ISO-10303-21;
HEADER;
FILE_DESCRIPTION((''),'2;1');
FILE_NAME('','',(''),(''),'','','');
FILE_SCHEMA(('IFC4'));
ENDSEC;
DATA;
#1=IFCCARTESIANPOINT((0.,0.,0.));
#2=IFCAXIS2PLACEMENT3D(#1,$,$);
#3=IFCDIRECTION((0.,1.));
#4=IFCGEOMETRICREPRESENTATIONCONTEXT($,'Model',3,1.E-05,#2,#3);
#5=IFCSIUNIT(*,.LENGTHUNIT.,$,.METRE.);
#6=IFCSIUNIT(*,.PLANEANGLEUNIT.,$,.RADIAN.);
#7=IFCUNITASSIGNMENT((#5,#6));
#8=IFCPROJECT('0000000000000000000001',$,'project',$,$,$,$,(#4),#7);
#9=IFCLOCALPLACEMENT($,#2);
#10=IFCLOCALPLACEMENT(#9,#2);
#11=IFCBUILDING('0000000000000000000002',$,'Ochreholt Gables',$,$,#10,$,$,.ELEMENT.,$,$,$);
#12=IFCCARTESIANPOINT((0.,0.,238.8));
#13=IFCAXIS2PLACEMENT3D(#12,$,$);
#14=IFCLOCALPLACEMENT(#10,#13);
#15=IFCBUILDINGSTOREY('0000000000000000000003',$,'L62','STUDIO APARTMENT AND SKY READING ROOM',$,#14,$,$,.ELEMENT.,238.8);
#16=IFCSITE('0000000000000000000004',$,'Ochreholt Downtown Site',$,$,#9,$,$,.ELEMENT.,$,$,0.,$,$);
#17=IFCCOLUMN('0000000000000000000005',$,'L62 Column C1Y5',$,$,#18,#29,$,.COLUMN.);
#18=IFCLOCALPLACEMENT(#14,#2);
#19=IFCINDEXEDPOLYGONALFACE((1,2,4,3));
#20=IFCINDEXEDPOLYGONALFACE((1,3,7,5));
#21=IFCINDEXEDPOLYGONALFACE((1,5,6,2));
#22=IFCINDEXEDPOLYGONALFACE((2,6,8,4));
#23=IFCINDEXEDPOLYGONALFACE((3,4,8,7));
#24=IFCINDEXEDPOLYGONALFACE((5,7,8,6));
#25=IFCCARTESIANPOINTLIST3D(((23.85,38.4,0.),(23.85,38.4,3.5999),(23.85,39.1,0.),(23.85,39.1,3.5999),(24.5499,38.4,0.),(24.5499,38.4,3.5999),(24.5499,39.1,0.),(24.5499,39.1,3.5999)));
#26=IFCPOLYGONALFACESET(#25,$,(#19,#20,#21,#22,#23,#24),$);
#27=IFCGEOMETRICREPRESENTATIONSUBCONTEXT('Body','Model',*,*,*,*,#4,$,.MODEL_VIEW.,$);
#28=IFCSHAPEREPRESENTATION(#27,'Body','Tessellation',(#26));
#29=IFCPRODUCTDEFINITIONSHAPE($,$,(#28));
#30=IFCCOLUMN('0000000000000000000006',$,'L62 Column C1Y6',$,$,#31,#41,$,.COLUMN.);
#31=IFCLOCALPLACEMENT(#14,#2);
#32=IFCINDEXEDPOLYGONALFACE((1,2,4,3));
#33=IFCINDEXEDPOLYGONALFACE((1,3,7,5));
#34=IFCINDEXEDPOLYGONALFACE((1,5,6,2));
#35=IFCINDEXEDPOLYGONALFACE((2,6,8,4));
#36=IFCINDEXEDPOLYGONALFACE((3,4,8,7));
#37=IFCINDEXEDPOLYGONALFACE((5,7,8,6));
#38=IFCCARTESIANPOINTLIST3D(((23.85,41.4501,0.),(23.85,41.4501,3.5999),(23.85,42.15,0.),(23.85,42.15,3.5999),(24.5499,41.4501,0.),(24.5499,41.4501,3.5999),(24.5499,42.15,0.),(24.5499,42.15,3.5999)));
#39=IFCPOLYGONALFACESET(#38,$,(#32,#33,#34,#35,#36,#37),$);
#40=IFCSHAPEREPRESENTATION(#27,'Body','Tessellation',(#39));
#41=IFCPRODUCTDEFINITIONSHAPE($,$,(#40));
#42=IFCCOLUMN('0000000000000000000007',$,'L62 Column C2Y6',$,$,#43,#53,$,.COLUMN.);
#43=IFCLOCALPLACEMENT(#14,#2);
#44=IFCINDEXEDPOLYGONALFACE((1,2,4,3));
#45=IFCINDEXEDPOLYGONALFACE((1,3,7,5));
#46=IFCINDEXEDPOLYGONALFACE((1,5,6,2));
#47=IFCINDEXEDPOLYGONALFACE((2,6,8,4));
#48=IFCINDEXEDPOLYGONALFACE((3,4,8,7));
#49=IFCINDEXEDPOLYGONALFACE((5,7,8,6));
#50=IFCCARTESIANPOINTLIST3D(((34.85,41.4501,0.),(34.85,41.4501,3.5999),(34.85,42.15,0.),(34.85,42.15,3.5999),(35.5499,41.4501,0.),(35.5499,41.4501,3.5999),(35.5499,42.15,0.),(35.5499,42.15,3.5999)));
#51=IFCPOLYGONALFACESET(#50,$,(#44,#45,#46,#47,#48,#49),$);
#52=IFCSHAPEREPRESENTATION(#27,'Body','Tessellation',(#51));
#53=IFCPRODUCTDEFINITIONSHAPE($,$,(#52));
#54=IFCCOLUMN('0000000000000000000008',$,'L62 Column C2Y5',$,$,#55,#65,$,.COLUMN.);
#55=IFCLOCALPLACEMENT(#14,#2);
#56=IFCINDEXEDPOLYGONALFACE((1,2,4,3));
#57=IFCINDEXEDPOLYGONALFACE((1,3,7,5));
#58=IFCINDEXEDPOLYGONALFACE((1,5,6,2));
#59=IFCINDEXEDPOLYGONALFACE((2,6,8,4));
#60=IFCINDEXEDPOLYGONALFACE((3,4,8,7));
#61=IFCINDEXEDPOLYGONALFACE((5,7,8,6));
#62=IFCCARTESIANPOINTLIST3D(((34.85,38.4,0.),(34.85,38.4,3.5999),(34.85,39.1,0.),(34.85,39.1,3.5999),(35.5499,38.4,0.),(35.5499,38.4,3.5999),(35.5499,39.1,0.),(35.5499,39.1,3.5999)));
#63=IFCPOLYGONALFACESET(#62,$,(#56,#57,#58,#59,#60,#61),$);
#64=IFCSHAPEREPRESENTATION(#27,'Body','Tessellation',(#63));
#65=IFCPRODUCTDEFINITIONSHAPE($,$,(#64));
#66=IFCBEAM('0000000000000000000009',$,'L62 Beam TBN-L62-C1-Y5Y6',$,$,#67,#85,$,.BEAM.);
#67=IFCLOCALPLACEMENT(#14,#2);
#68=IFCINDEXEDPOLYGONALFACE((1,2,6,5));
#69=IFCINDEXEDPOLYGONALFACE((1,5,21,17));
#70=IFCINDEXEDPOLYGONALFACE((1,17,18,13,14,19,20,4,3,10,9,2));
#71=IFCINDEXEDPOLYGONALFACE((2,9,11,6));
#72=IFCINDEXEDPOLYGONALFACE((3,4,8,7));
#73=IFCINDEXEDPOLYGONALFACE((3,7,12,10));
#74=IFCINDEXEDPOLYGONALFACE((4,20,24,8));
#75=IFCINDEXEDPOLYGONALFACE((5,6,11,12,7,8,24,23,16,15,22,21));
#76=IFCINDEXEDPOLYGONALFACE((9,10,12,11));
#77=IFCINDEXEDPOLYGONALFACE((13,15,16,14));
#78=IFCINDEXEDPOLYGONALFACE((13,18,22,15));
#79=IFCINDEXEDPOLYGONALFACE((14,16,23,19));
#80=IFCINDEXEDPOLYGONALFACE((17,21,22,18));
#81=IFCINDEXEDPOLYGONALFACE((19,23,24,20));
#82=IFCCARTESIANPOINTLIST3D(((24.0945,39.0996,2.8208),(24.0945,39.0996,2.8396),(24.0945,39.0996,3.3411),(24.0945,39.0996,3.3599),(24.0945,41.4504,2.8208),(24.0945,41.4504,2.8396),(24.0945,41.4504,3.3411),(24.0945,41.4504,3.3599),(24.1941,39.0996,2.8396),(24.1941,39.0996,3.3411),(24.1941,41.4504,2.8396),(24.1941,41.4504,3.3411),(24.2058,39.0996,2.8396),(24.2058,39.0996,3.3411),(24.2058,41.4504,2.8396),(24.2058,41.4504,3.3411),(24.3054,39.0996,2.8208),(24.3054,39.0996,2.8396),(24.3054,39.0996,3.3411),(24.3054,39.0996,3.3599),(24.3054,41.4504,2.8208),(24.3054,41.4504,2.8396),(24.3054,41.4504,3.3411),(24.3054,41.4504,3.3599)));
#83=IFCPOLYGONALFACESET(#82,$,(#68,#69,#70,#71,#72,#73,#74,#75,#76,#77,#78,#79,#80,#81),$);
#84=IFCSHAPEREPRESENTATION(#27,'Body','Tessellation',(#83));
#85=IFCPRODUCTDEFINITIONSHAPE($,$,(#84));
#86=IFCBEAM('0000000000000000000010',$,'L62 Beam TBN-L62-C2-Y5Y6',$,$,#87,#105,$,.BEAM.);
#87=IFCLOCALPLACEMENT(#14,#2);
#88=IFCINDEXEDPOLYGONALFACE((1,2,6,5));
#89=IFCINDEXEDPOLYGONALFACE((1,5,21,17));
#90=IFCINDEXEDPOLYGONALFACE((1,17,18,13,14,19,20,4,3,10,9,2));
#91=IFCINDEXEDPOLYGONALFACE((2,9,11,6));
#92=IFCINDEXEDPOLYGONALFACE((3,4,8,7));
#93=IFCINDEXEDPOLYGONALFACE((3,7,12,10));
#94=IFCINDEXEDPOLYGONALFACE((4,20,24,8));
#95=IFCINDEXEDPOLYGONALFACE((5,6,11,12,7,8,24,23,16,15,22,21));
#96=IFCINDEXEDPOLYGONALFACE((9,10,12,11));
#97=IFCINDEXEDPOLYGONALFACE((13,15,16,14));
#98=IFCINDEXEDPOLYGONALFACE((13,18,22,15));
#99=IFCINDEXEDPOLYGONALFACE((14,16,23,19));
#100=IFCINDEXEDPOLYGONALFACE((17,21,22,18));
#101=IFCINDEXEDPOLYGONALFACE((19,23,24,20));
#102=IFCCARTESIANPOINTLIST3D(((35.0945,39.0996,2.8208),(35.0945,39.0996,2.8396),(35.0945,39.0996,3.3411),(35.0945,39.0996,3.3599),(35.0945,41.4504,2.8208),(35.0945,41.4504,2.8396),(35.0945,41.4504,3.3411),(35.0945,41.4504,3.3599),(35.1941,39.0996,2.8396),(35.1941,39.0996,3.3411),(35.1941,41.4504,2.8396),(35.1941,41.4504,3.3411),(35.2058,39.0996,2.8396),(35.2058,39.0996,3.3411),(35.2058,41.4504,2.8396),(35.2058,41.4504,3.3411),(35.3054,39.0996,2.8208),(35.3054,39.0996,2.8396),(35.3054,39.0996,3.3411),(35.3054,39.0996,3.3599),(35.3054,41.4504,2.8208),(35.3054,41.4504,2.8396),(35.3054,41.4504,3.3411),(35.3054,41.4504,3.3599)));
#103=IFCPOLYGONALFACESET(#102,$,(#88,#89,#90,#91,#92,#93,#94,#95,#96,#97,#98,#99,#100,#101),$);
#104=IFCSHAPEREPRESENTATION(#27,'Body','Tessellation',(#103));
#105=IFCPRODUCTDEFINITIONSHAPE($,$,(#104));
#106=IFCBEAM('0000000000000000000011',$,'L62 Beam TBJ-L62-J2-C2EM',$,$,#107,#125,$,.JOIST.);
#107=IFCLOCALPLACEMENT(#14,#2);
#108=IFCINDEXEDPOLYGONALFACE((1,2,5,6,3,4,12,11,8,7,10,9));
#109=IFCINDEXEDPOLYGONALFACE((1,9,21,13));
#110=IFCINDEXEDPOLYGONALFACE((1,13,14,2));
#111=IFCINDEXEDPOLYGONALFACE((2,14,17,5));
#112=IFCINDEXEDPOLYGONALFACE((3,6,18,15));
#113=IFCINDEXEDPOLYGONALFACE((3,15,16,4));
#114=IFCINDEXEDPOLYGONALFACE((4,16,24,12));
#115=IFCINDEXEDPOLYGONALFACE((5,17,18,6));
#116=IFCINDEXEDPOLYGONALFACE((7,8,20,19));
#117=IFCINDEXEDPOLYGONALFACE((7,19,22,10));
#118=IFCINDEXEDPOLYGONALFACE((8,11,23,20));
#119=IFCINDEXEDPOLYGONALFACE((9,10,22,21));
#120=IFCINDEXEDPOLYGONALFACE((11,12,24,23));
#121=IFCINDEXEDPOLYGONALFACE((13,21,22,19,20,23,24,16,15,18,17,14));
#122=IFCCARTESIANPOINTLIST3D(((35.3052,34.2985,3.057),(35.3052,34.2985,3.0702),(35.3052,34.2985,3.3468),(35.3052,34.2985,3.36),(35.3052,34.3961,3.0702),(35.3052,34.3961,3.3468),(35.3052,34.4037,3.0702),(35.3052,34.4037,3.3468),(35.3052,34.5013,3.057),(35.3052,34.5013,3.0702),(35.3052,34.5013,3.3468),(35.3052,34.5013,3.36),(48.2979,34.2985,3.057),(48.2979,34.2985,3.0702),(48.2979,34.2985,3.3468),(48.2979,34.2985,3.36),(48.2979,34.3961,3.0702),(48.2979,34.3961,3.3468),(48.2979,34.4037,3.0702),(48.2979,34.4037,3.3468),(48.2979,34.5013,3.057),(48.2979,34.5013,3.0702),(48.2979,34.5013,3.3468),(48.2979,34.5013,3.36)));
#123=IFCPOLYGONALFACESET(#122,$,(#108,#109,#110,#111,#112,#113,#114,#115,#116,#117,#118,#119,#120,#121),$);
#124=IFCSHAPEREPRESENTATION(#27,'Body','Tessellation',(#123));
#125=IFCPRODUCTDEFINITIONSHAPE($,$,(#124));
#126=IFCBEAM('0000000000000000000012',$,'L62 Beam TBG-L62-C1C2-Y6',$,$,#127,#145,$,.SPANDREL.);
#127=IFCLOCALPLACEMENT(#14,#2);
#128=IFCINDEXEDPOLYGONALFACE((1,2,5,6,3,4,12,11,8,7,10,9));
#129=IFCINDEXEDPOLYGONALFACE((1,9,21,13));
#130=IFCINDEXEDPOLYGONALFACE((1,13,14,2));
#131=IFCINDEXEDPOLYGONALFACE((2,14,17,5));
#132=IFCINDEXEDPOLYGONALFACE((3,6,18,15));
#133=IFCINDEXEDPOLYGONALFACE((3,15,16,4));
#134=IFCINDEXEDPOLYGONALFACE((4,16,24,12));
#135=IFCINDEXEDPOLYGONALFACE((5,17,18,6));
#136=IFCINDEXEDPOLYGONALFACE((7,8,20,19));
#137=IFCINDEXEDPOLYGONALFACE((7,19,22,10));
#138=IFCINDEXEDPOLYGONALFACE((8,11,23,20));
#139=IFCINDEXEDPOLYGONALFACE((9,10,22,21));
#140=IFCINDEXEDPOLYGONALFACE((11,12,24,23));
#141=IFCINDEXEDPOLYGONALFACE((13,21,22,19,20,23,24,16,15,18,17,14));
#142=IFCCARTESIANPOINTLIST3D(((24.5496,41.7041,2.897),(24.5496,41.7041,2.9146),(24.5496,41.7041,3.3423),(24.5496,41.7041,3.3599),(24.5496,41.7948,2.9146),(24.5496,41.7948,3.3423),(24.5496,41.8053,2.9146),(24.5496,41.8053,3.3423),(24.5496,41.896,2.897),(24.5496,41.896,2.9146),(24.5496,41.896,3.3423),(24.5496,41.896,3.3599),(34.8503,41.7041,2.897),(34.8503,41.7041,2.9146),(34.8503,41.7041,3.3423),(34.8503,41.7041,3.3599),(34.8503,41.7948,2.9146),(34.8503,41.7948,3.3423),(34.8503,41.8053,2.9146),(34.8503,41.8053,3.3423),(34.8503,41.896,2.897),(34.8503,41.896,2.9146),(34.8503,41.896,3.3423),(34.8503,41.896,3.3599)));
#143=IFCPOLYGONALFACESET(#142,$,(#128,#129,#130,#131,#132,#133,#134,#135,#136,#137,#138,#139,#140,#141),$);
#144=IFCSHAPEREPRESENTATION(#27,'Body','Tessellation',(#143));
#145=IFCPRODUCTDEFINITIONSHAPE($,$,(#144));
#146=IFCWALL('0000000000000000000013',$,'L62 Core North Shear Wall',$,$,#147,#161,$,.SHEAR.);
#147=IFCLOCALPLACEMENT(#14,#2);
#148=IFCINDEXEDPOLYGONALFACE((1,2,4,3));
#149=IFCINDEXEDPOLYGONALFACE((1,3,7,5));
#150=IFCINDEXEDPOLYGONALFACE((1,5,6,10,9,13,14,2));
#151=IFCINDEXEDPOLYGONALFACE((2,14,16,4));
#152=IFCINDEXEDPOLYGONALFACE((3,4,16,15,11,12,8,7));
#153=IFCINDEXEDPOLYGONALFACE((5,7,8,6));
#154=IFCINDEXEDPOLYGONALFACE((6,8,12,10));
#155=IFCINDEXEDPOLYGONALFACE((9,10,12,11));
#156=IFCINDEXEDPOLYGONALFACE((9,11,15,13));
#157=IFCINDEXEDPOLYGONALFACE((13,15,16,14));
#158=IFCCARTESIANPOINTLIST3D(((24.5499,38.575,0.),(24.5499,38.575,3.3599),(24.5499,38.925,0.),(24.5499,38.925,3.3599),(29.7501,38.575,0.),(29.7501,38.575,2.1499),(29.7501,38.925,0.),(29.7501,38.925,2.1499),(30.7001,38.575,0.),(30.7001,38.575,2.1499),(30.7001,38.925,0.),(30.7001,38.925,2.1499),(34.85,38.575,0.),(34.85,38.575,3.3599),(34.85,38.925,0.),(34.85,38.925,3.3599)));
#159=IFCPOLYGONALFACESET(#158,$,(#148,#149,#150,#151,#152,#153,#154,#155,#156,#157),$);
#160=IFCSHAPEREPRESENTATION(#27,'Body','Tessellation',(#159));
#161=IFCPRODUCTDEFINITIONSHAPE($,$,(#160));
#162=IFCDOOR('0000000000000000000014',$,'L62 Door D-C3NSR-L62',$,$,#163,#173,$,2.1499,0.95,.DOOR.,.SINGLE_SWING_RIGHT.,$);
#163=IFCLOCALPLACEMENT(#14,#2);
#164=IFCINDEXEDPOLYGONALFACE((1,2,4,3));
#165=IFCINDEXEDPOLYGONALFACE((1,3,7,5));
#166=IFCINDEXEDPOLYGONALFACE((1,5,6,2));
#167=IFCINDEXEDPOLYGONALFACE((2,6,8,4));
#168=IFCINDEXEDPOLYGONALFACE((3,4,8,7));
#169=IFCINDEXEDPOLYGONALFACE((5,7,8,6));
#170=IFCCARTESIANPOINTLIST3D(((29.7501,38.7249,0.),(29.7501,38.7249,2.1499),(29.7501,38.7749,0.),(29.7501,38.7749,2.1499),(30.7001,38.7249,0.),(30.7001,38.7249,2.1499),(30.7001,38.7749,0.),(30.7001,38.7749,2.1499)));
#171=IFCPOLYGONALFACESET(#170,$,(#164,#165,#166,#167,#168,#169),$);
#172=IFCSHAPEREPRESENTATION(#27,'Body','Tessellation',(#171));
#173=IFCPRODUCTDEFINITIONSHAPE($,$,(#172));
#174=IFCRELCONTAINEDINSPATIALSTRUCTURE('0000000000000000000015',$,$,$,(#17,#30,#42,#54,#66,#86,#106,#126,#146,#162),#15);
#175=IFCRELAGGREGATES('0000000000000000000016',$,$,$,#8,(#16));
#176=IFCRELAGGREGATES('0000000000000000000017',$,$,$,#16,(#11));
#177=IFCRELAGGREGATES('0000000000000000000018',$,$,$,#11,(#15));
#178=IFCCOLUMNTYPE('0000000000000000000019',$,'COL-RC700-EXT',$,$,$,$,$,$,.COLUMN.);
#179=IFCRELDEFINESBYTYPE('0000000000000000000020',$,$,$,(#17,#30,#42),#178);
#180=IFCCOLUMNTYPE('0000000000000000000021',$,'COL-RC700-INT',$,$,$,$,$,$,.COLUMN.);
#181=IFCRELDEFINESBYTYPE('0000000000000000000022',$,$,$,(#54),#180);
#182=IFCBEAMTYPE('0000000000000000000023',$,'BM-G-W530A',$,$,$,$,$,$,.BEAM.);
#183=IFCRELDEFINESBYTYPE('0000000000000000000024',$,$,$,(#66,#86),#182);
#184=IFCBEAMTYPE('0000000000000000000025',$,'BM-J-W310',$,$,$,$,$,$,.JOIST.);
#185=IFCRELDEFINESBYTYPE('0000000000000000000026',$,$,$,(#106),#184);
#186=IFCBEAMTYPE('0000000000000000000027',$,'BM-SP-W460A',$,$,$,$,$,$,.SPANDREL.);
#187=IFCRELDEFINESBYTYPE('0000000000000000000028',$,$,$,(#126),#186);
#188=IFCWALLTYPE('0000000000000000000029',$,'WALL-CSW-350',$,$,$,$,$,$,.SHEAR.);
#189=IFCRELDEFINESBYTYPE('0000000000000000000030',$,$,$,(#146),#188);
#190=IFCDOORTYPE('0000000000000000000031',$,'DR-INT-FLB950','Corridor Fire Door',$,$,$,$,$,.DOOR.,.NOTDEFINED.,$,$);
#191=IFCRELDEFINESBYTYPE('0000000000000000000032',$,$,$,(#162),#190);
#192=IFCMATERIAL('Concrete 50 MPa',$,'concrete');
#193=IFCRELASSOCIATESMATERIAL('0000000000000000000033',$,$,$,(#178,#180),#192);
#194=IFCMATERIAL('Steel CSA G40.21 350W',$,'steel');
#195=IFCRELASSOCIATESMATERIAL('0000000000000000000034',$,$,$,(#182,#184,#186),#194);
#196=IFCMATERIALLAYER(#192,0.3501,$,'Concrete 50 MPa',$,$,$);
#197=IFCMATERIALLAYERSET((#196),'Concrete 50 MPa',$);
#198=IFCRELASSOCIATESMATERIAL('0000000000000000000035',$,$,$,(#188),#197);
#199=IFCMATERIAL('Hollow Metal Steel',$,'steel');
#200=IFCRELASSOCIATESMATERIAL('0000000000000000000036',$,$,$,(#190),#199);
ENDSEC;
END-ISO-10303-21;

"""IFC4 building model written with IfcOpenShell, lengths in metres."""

from ifc_helpers import new_model, si_unit, direction, frame, frame_2d, origin, origin_2d, place, context, subcontext, project, spatial, rectangle, i_section, extrude, material, layer, layer_set, material_profile, profile_set, type_object, element, fill, save


model = new_model("IFC4")

# Units and contexts
model_context = context("Model", 3, precision=1e-05, world=origin(), true_north=direction((0.0, 1.0)))
body_context = subcontext(model_context, "Body", "Model", "MODEL_VIEW")
ifc_project = project(units=[si_unit("LENGTHUNIT", "METRE"), si_unit("PLANEANGLEUNIT", "RADIAN")], contexts=[model_context])

# Site, building, storey
site_placement = place(None, origin())
site = spatial("IfcSite", under=ifc_project, at=site_placement, Name="Ochreholt Downtown Site", CompositionType="ELEMENT", RefElevation=0.0)
building_placement = place(site_placement, origin())
building = spatial("IfcBuilding", under=site, at=building_placement, Name="Ochreholt Gables", CompositionType="ELEMENT")
storey_placement = place(building_placement, frame((0.0, 0.0, 238.8)))
storey = spatial("IfcBuildingStorey", under=building, at=storey_placement, Name="L62", Description="STUDIO APARTMENT AND SKY READING ROOM", CompositionType="ELEMENT", Elevation=238.8)

# Columns
ifc_material_1 = material(Name="Concrete 50 MPa", Category="concrete")
ifc_material_profile_1 = material_profile(ifc_material_1, rectangle(XDim=0.7, YDim=0.7, at=origin_2d()), Name="RC700X700")
ifc_profile_set_1 = profile_set([ifc_material_profile_1], Name="Concrete 50 MPa")
column_type_1 = type_object("IfcColumnType", Name="COL-RC700-EXT", PredefinedType="COLUMN", material=ifc_profile_set_1)
for number, where, z_axis, x_axis, name in (
    (1, (24.2, 38.75, 0.0), (0.0, 0.0, 1.0), (1.0, 0.0, 0.0), "L62 Column C1Y5"),
    (2, (24.2, 41.8, 0.0), (0.0, 0.0, 1.0), (1.0, 0.0, 0.0), "L62 Column C1Y6"),
    (3, (35.2, 41.8, 0.0), (0.0, 0.0, 1.0), (1.0, 0.0, 0.0), "L62 Column C2Y6"),
):
    element("IfcColumn", number, at=place(storey_placement, frame(where, z_axis=z_axis, x_axis=x_axis)), inside=storey, type_object=column_type_1, Name=name, PredefinedType="COLUMN", context=body_context, shape_type="SweptSolid", body=[
        extrude(rectangle(XDim=0.7, YDim=0.7, at=origin_2d()), origin(), (0.0, 0.0, 1.0), 3.5999),
    ])
ifc_material_profile_2 = material_profile(ifc_material_1, rectangle(XDim=0.7, YDim=0.7, at=origin_2d()), Name="RC700X700")
ifc_profile_set_2 = profile_set([ifc_material_profile_2], Name="Concrete 50 MPa")
column_type_2 = type_object("IfcColumnType", Name="COL-RC700-INT", PredefinedType="COLUMN", material=ifc_profile_set_2)
column_placement = place(storey_placement, frame((35.2, 38.75, 0.0), z_axis=(0.0, 0.0, 1.0), x_axis=(1.0, 0.0, 0.0)))
element("IfcColumn", 4, at=column_placement, inside=storey, type_object=column_type_2, Name="L62 Column C2Y5", PredefinedType="COLUMN", context=body_context, shape_type="SweptSolid", body=[
    extrude(rectangle(XDim=0.7, YDim=0.7, at=origin_2d()), origin(), (0.0, 0.0, 1.0), 3.5999),
])

# Beams
ifc_material_2 = material(Name="Steel CSA G40.21 350W", Category="steel")
ifc_material_profile_3 = material_profile(ifc_material_2, i_section(OverallWidth=0.2109, OverallDepth=0.5391, WebThickness=0.0117, FlangeThickness=0.0188, at=origin_2d()), Name="W530X109")
ifc_profile_set_3 = profile_set([ifc_material_profile_3], Name="Steel CSA G40.21 350W")
beam_type_1 = type_object("IfcBeamType", Name="BM-G-W530A", PredefinedType="BEAM", material=ifc_profile_set_3)
for number, where, z_axis, x_axis, name in (
    (5, (24.2, 39.0996, 3.0903), (0.0, 1.0, 0.0), (-1.0, 0.0, 0.0), "L62 Beam TBN-L62-C1-Y5Y6"),
    (6, (35.2, 39.0996, 3.0903), (0.0, 1.0, 0.0), (-1.0, 0.0, 0.0), "L62 Beam TBN-L62-C2-Y5Y6"),
):
    element("IfcBeam", number, at=place(storey_placement, frame(where, z_axis=z_axis, x_axis=x_axis)), inside=storey, type_object=beam_type_1, Name=name, PredefinedType="BEAM", context=body_context, shape_type="SweptSolid", body=[
        extrude(i_section(OverallWidth=0.2109, OverallDepth=0.5391, WebThickness=0.0117, FlangeThickness=0.0188, at=origin_2d()), origin(), (0.0, 0.0, 1.0), 2.3508),
    ])
ifc_material_profile_4 = material_profile(ifc_material_2, i_section(OverallWidth=0.2029, OverallDepth=0.303, WebThickness=0.0076, FlangeThickness=0.0132, at=origin_2d()), Name="W310X60")
ifc_profile_set_4 = profile_set([ifc_material_profile_4], Name="Steel CSA G40.21 350W")
beam_type_2 = type_object("IfcBeamType", Name="BM-J-W310", PredefinedType="JOIST", material=ifc_profile_set_4)
beam_1_placement = place(storey_placement, frame((35.3052, 34.3999, 3.2085), z_axis=(1.0, 0.0, 0.0), x_axis=(0.0, 1.0, 0.0)))
element("IfcBeam", 7, at=beam_1_placement, inside=storey, type_object=beam_type_2, Name="L62 Beam TBJ-L62-J2-C2EM", PredefinedType="JOIST", context=body_context, shape_type="SweptSolid", body=[
    extrude(i_section(OverallWidth=0.2029, OverallDepth=0.303, WebThickness=0.0076, FlangeThickness=0.0132, at=origin_2d()), origin(), (0.0, 0.0, 1.0), 12.9927),
])
ifc_material_profile_5 = material_profile(ifc_material_2, i_section(OverallWidth=0.1919, OverallDepth=0.4629, WebThickness=0.0105, FlangeThickness=0.0176, at=origin_2d()), Name="W460X89")
ifc_profile_set_5 = profile_set([ifc_material_profile_5], Name="Steel CSA G40.21 350W")
beam_type_3 = type_object("IfcBeamType", Name="BM-SP-W460A", PredefinedType="SPANDREL", material=ifc_profile_set_5)
beam_2_placement = place(storey_placement, frame((24.5496, 41.8, 3.1284), z_axis=(1.0, 0.0, 0.0), x_axis=(0.0, 1.0, 0.0)))
element("IfcBeam", 8, at=beam_2_placement, inside=storey, type_object=beam_type_3, Name="L62 Beam TBG-L62-C1C2-Y6", PredefinedType="SPANDREL", context=body_context, shape_type="SweptSolid", body=[
    extrude(i_section(OverallWidth=0.1919, OverallDepth=0.4629, WebThickness=0.0105, FlangeThickness=0.0176, at=origin_2d()), origin(), (0.0, 0.0, 1.0), 10.3008),
])

# Wall, opening, door
ifc_layer_1 = layer(ifc_material_1, 0.3501, Name="Concrete 50 MPa")
ifc_layer_set_1 = layer_set([ifc_layer_1], Name="Concrete 50 MPa")
wall_type_1 = type_object("IfcWallType", Name="WALL-CSW-350", PredefinedType="SHEAR", material=ifc_layer_set_1)
wall_1_placement = place(storey_placement, frame((24.55, 38.75, 0.0), z_axis=(0.0, 0.0, 1.0), x_axis=(1.0, 0.0, 0.0)))
wall_1 = element("IfcWall", 9, at=wall_1_placement, inside=storey, type_object=wall_type_1, Name="L62 Core North Shear Wall", PredefinedType="SHEAR", context=body_context, shape_type="SweptSolid", body=[
    extrude(rectangle(XDim=10.3, YDim=0.3501, at=frame_2d((5.1499, 0.0))), origin(), (0.0, 0.0, 1.0), 3.3599),
])
opening_1_placement = place(wall_1_placement, frame((5.2, 0.0, 0.0)))
opening_1 = element("IfcOpeningElement", 10, at=opening_1_placement, cuts=wall_1, PredefinedType="OPENING", context=body_context, shape_type="SweptSolid", body=[
    extrude(rectangle(XDim=0.95, YDim=2.1499, at=frame_2d((0.4751, 1.075))), frame((0.0, 0.1851, 0.0), z_axis=(0.0, -1.0, 0.0), x_axis=(1.0, 0.0, 0.0)), (0.0, 0.0, 1.0), 0.3701),
])
ifc_material_3 = material(Name="Hollow Metal Steel", Category="steel")
door_type_1 = type_object("IfcDoorType", Name="DR-INT-FLB950", Description="Corridor Fire Door", OperationType="NOTDEFINED", PredefinedType="DOOR", material=ifc_material_3)
door_1_placement = place(opening_1_placement, origin())
door_1 = element("IfcDoor", 11, at=door_1_placement, inside=storey, type_object=door_type_1, Name="L62 Door D-C3NSR-L62", OperationType="SINGLE_SWING_RIGHT", OverallHeight=2.1499, OverallWidth=0.95, PredefinedType="DOOR", context=body_context, shape_type="SweptSolid", body=[
    extrude(rectangle(XDim=0.95, YDim=2.1499, at=frame_2d((0.4751, 1.075))), frame((0.0, 0.0249, 0.0), z_axis=(0.0, -1.0, 0.0), x_axis=(1.0, 0.0, 0.0)), (0.0, 0.0, 1.0), 0.05),
])
fill(opening_1, door_1)

save(model, "model.ifc")
